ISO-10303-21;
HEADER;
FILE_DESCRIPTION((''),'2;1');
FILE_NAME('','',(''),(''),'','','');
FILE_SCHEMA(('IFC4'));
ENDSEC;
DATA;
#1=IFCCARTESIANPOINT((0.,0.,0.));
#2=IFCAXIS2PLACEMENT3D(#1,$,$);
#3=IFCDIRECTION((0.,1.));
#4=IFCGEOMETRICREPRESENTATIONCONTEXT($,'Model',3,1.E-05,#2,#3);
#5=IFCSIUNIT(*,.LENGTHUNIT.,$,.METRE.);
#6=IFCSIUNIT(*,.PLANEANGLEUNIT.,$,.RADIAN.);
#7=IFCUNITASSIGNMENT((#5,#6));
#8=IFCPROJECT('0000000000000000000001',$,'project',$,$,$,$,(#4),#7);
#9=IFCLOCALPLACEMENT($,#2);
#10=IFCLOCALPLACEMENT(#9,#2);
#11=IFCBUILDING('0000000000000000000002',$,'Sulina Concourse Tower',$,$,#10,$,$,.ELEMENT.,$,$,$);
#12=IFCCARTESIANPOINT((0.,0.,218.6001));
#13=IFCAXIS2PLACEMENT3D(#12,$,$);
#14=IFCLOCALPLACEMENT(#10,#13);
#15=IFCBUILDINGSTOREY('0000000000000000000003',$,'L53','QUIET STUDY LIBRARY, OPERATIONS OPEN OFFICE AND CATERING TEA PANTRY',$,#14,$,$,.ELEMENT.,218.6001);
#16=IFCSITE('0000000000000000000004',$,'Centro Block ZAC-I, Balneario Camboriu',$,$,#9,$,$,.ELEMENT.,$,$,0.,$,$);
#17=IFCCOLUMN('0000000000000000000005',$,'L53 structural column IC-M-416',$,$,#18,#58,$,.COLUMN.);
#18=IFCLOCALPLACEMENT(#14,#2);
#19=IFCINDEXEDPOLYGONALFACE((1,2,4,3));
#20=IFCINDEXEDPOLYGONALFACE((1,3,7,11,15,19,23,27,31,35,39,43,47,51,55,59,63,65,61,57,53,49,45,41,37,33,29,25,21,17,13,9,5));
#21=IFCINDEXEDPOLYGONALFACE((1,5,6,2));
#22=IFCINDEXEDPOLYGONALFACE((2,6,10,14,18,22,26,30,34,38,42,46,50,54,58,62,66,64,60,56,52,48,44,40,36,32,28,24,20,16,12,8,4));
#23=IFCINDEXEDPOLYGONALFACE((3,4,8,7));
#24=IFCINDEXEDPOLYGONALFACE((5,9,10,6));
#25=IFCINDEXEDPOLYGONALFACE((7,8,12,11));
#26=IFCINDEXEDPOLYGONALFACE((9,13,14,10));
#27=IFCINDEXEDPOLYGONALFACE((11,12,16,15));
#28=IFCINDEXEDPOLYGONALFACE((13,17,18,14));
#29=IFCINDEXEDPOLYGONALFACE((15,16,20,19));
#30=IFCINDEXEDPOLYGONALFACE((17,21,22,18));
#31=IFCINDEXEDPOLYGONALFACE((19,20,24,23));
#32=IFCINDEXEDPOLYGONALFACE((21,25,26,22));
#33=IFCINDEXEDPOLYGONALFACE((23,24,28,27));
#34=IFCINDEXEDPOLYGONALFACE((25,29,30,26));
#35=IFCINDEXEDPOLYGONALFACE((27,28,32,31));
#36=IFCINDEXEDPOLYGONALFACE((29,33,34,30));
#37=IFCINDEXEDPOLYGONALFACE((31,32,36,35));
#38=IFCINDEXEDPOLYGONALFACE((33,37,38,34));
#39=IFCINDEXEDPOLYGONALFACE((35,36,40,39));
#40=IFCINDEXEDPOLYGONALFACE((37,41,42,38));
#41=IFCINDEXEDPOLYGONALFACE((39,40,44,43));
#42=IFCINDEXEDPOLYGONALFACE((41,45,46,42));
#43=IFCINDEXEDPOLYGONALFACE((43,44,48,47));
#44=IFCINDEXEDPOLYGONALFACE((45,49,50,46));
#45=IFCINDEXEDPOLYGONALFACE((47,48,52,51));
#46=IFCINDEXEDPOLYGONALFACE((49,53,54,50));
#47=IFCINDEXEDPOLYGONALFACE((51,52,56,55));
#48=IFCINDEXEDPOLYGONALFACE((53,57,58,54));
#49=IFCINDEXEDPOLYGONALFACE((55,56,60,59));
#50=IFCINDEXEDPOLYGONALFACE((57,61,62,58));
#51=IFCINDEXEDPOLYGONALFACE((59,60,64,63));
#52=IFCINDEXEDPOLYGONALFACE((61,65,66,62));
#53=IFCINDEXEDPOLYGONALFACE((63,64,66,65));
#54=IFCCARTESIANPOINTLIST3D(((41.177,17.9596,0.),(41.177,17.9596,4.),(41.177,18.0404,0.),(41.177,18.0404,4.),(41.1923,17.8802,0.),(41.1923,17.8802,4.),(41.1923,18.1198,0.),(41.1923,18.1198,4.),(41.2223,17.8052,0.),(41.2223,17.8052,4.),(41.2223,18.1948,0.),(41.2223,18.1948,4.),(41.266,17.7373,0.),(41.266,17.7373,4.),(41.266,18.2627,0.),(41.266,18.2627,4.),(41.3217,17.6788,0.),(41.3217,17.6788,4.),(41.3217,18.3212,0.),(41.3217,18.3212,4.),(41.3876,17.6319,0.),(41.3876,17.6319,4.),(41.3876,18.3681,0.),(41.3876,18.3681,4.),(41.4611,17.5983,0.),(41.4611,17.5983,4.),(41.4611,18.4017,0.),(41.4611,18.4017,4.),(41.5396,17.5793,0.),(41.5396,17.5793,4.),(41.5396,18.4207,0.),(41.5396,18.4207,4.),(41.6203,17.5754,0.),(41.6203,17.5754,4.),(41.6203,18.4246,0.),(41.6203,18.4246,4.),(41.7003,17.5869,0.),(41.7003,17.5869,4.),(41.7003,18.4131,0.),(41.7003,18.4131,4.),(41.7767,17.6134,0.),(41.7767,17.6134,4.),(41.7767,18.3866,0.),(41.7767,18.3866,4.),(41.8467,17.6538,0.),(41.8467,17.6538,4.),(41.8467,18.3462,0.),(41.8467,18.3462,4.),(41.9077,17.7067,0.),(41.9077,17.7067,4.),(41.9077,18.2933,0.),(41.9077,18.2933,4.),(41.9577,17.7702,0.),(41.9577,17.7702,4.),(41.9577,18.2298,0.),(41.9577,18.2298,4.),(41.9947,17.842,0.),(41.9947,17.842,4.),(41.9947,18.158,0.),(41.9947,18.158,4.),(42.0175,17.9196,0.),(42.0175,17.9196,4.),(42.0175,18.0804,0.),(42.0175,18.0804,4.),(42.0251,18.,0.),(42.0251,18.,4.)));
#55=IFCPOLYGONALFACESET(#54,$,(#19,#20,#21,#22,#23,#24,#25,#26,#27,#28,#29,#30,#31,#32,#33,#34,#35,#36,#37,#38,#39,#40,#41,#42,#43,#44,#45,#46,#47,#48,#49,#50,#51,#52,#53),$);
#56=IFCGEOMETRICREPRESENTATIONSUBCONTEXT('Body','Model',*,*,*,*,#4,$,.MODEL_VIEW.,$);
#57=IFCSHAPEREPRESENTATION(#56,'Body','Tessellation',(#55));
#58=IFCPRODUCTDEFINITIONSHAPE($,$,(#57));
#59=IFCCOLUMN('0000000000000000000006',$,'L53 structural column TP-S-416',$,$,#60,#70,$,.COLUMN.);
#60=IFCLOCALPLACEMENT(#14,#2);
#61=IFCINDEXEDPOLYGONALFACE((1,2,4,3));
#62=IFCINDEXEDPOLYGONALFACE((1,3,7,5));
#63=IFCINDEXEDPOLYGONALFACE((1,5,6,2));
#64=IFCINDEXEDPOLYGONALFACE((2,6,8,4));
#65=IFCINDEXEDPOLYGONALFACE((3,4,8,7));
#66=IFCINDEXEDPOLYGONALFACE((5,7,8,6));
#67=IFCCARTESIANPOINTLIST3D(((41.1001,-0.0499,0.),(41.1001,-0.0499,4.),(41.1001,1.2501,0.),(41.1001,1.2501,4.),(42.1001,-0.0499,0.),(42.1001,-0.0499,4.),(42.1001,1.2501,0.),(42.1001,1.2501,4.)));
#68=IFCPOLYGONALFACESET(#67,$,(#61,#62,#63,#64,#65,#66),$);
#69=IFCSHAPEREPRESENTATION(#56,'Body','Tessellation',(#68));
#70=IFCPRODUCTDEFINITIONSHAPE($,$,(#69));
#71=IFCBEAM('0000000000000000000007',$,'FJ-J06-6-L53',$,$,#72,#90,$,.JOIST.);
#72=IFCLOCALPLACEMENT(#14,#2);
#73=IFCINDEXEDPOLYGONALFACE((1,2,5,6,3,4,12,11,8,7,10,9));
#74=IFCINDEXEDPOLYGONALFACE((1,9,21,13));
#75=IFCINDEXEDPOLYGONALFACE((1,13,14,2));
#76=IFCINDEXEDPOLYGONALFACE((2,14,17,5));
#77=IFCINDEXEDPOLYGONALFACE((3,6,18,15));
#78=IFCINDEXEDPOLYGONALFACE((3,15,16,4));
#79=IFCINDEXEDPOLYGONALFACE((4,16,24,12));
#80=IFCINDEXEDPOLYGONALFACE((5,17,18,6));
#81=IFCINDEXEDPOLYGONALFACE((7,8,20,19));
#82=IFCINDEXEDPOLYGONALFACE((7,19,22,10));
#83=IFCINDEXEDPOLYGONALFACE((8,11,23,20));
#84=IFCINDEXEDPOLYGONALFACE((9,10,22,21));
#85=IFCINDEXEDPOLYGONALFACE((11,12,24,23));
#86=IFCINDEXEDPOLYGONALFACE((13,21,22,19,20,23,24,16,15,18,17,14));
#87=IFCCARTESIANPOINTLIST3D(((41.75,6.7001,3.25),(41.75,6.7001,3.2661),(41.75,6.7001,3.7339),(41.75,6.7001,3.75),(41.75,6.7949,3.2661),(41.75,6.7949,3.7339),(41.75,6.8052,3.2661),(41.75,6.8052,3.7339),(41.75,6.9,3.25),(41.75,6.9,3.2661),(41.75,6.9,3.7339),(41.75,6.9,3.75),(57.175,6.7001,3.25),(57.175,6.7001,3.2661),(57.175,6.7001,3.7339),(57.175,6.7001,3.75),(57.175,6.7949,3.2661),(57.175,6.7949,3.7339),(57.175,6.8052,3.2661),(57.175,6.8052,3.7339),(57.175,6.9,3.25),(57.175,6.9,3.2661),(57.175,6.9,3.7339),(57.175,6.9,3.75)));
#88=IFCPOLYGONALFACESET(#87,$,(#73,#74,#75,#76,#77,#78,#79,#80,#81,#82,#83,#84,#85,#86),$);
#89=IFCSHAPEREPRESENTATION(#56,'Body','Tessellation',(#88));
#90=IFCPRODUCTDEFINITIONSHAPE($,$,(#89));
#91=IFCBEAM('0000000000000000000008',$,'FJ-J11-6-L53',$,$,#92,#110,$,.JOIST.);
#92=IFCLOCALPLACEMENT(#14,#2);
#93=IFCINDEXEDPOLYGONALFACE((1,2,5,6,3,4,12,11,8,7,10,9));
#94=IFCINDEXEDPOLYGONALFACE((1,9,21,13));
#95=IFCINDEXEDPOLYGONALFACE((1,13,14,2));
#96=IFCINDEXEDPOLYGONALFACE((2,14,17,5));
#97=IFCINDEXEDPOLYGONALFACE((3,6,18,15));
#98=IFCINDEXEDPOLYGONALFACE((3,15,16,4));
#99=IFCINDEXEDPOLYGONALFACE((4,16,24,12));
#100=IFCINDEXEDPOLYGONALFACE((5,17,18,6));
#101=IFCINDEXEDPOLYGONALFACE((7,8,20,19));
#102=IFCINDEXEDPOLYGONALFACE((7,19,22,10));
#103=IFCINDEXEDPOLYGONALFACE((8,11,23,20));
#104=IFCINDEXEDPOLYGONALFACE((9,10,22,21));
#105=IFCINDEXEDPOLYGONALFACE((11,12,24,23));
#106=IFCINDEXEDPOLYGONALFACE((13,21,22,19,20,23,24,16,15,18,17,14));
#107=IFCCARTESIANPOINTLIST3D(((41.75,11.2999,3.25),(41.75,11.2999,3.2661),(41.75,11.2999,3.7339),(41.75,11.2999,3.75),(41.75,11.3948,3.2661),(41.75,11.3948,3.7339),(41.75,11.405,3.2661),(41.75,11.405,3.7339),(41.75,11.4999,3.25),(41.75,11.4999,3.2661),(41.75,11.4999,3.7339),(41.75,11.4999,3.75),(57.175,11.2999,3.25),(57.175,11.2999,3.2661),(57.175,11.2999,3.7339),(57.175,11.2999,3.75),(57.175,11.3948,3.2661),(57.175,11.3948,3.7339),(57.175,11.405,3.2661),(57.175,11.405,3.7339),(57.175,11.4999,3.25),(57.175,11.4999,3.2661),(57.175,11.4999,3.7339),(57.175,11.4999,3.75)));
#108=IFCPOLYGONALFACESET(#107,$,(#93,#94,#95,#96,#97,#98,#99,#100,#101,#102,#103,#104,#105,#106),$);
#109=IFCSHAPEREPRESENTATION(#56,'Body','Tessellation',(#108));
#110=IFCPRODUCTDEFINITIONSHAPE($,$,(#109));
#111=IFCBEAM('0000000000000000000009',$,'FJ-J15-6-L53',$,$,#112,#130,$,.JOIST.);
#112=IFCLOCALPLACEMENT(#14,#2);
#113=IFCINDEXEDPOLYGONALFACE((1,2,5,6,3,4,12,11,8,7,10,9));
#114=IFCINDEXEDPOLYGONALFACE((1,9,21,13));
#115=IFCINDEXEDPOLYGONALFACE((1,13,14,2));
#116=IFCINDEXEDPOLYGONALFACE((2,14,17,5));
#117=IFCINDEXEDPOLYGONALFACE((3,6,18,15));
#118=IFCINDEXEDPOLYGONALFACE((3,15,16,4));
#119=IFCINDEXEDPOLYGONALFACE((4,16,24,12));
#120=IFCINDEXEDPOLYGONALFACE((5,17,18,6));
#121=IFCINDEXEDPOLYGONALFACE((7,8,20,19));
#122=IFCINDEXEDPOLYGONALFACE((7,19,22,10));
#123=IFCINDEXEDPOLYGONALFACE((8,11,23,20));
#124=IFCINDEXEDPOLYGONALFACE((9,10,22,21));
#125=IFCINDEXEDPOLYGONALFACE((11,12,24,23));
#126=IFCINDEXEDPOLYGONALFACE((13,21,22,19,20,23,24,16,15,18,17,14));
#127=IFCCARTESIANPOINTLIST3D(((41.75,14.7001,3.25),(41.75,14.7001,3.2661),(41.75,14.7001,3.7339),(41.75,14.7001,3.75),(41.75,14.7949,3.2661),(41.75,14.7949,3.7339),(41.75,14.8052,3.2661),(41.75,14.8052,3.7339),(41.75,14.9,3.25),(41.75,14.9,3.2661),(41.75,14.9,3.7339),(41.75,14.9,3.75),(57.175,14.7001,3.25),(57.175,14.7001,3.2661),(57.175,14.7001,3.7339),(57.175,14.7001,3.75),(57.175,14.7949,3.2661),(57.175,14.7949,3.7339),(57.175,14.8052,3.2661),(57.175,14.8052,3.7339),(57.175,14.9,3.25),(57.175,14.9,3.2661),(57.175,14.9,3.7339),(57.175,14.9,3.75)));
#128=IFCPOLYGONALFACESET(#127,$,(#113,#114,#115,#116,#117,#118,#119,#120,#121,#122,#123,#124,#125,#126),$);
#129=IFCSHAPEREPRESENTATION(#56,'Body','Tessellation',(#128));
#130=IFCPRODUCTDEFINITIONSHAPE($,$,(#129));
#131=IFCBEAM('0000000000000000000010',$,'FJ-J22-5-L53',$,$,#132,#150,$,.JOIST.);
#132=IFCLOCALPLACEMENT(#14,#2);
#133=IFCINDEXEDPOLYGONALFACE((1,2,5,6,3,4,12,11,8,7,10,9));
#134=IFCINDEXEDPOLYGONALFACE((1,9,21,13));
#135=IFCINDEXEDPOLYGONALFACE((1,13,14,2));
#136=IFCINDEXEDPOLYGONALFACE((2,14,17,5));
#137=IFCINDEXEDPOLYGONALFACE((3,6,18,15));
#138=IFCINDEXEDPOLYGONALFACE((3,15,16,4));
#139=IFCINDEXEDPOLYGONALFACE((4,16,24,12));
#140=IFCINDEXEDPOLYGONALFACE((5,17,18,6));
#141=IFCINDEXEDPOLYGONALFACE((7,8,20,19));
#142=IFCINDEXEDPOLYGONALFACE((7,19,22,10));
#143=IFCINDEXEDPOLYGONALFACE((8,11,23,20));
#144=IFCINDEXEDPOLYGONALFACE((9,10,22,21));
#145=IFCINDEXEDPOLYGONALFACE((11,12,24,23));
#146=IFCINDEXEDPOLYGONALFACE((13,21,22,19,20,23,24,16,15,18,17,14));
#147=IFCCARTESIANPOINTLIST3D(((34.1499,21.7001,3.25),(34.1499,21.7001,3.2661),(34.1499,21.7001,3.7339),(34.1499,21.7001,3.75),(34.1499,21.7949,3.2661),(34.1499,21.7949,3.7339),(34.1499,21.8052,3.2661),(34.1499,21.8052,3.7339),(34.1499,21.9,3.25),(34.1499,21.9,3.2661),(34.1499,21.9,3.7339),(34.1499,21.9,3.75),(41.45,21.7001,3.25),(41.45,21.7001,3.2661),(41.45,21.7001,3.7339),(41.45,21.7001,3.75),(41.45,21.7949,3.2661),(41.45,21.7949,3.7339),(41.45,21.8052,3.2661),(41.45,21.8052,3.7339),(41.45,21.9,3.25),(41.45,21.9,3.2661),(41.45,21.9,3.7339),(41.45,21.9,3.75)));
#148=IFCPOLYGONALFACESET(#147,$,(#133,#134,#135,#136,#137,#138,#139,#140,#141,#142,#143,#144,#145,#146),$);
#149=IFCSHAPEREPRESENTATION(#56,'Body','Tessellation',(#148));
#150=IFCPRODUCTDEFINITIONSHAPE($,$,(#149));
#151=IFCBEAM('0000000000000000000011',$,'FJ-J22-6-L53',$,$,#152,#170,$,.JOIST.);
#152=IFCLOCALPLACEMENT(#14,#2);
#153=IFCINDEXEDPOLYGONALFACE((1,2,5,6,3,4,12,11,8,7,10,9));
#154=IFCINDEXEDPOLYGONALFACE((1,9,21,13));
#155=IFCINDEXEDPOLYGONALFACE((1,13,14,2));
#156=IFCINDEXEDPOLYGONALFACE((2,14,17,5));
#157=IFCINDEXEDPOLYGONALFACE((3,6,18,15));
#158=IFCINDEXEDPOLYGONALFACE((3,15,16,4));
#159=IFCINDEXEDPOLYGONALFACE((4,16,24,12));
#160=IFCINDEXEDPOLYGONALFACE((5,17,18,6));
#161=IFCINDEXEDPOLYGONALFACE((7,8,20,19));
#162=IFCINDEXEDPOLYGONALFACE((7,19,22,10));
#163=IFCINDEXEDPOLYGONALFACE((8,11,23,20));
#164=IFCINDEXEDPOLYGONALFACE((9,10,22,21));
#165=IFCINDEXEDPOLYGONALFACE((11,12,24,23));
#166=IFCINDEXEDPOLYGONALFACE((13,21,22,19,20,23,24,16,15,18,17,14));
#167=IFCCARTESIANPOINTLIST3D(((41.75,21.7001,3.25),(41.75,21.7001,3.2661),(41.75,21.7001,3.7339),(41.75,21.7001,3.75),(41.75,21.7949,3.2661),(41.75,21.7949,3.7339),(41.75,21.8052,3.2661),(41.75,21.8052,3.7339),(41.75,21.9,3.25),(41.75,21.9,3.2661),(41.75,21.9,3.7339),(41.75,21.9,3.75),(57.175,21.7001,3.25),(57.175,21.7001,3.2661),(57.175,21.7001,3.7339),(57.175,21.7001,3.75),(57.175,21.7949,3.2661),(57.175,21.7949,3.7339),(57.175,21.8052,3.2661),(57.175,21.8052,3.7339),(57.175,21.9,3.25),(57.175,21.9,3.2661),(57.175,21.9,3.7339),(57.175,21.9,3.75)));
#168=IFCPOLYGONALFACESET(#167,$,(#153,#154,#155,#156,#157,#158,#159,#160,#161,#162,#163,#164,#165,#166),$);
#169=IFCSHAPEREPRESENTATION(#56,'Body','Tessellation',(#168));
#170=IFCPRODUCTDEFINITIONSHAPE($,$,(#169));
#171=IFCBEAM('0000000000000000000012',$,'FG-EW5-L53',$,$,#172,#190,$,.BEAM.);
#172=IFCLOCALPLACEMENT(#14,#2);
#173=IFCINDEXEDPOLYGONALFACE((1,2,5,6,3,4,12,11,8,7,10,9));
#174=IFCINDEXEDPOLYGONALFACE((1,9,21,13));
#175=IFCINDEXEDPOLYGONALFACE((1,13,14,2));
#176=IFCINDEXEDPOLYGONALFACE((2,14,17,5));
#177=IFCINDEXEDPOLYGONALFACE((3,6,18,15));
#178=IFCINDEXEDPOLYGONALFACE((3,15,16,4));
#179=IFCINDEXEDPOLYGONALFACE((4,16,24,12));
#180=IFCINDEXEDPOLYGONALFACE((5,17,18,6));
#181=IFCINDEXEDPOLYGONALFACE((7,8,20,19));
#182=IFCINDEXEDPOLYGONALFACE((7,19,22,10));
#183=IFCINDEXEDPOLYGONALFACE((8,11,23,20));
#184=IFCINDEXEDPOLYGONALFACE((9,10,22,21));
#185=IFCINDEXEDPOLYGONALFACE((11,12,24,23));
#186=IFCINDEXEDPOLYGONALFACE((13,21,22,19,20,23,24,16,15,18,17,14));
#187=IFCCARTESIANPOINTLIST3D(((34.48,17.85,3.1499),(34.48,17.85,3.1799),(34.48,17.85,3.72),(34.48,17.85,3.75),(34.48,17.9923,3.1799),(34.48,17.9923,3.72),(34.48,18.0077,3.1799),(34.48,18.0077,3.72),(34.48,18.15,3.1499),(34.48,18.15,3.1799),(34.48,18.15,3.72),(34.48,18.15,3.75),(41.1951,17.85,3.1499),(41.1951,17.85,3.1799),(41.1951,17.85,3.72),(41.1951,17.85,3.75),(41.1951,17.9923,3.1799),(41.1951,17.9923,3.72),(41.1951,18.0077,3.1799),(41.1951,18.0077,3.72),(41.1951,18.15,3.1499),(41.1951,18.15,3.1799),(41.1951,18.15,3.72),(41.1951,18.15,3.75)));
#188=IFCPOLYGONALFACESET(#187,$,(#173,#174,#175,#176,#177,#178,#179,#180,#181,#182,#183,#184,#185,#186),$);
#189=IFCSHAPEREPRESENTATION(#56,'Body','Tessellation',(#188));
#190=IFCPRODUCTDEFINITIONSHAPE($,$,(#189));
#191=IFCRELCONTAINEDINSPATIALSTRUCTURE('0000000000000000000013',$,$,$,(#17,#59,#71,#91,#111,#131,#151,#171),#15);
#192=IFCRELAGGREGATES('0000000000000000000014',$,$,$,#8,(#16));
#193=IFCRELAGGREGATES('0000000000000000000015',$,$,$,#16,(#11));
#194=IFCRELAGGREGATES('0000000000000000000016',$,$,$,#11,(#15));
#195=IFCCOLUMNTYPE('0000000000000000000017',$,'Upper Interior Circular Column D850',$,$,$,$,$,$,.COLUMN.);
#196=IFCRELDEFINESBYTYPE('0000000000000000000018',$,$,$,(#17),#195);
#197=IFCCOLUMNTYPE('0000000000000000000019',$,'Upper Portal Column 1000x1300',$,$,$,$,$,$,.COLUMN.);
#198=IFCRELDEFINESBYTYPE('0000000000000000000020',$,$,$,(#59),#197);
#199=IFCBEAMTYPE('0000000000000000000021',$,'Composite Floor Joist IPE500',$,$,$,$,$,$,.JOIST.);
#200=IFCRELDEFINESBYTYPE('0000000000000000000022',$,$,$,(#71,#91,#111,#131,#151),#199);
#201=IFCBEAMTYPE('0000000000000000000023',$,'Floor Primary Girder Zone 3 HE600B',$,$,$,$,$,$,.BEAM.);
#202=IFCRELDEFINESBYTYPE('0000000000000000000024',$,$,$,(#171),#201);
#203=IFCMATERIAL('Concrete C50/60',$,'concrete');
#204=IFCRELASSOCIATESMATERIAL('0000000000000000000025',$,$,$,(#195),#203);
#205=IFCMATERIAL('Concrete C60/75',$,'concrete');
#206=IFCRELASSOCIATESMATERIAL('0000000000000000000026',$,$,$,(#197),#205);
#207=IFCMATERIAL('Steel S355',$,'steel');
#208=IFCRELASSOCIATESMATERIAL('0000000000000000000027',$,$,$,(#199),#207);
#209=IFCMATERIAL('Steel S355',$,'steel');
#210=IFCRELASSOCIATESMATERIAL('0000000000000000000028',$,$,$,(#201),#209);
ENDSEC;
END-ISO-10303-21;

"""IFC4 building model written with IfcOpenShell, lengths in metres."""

from ifc_helpers import new_model, si_unit, direction, frame, origin, origin_2d, place, context, subcontext, project, spatial, rectangle, circle, i_section, extrude, material, material_profile, profile_set, type_object, element, save


model = new_model("IFC4")

# Units and contexts
model_context = context("Model", 3, precision=1e-05, world=origin(), true_north=direction((0.0, 1.0)))
body_context = subcontext(model_context, "Body", "Model", "MODEL_VIEW")
ifc_project = project(units=[si_unit("LENGTHUNIT", "METRE"), si_unit("PLANEANGLEUNIT", "RADIAN")], contexts=[model_context])

# Site, building, storey
site_placement = place(None, origin())
site = spatial("IfcSite", under=ifc_project, at=site_placement, Name="Centro Block ZAC-I, Balneario Camboriu", CompositionType="ELEMENT", RefElevation=0.0)
building_placement = place(site_placement, origin())
building = spatial("IfcBuilding", under=site, at=building_placement, Name="Sulina Concourse Tower", CompositionType="ELEMENT")
storey_placement = place(building_placement, frame((0.0, 0.0, 218.6001)))
storey = spatial("IfcBuildingStorey", under=building, at=storey_placement, Name="L53", Description="QUIET STUDY LIBRARY, OPERATIONS OPEN OFFICE AND CATERING TEA PANTRY", CompositionType="ELEMENT", Elevation=218.6001)

# Columns
ifc_material_1 = material(Name="Concrete C50/60", Category="concrete")
ifc_material_profile_1 = material_profile(ifc_material_1, circle(Radius=0.425, at=origin_2d()), Name="RC D850")
ifc_profile_set_1 = profile_set([ifc_material_profile_1], Name="Concrete C50/60")
column_type_1 = type_object("IfcColumnType", Name="Upper Interior Circular Column D850", PredefinedType="COLUMN", material=ifc_profile_set_1)
column_1_placement = place(storey_placement, frame((41.6001, 18.0, 0.0), z_axis=(0.0, 0.0, 1.0), x_axis=(1.0, 0.0, 0.0)))
element("IfcColumn", 1, at=column_1_placement, inside=storey, type_object=column_type_1, Name="L53 structural column IC-M-416", PredefinedType="COLUMN", context=body_context, shape_type="SweptSolid", body=[
    extrude(circle(Radius=0.425, at=origin_2d()), origin(), (0.0, 0.0, 1.0), 4.0),
])
ifc_material_2 = material(Name="Concrete C60/75", Category="concrete")
ifc_material_profile_2 = material_profile(ifc_material_2, rectangle(XDim=1.0, YDim=1.3, at=origin_2d()), Name="RC 1000x1300")
ifc_profile_set_2 = profile_set([ifc_material_profile_2], Name="Concrete C60/75")
column_type_2 = type_object("IfcColumnType", Name="Upper Portal Column 1000x1300", PredefinedType="COLUMN", material=ifc_profile_set_2)
column_2_placement = place(storey_placement, frame((41.6001, 0.6001, 0.0), z_axis=(0.0, 0.0, 1.0), x_axis=(1.0, 0.0, 0.0)))
element("IfcColumn", 2, at=column_2_placement, inside=storey, type_object=column_type_2, Name="L53 structural column TP-S-416", PredefinedType="COLUMN", context=body_context, shape_type="SweptSolid", body=[
    extrude(rectangle(XDim=1.0, YDim=1.3, at=origin_2d()), origin(), (0.0, 0.0, 1.0), 4.0),
])

# Beams
ifc_material_3 = material(Name="Steel S355", Category="steel")
ifc_material_profile_3 = material_profile(ifc_material_3, i_section(OverallWidth=0.2, OverallDepth=0.5, WebThickness=0.0103, FlangeThickness=0.0161, at=origin_2d()), Name="IPE 500")
ifc_profile_set_3 = profile_set([ifc_material_profile_3], Name="Steel S355")
beam_type_1 = type_object("IfcBeamType", Name="Composite Floor Joist IPE500", PredefinedType="JOIST", material=ifc_profile_set_3)
for number, where, z_axis, x_axis, name in (
    (3, (41.75, 6.8, 3.5), (1.0, 0.0, 0.0), (0.0, 1.0, 0.0), "FJ-J06-6-L53"),
    (4, (41.75, 11.3999, 3.5), (1.0, 0.0, 0.0), (0.0, 1.0, 0.0), "FJ-J11-6-L53"),
    (5, (41.75, 14.8, 3.5), (1.0, 0.0, 0.0), (0.0, 1.0, 0.0), "FJ-J15-6-L53"),
):
    element("IfcBeam", number, at=place(storey_placement, frame(where, z_axis=z_axis, x_axis=x_axis)), inside=storey, type_object=beam_type_1, Name=name, PredefinedType="JOIST", context=body_context, shape_type="SweptSolid", body=[
        extrude(i_section(OverallWidth=0.2, OverallDepth=0.5, WebThickness=0.0103, FlangeThickness=0.0161, at=origin_2d()), origin(), (0.0, 0.0, 1.0), 15.425),
    ])
beam_1_placement = place(storey_placement, frame((34.1499, 21.8, 3.5), z_axis=(1.0, 0.0, 0.0), x_axis=(0.0, 1.0, 0.0)))
element("IfcBeam", 6, at=beam_1_placement, inside=storey, type_object=beam_type_1, Name="FJ-J22-5-L53", PredefinedType="JOIST", context=body_context, shape_type="SweptSolid", body=[
    extrude(i_section(OverallWidth=0.2, OverallDepth=0.5, WebThickness=0.0103, FlangeThickness=0.0161, at=origin_2d()), origin(), (0.0, 0.0, 1.0), 7.3),
])
beam_2_placement = place(storey_placement, frame((41.75, 21.8, 3.5), z_axis=(1.0, 0.0, 0.0), x_axis=(0.0, 1.0, 0.0)))
element("IfcBeam", 7, at=beam_2_placement, inside=storey, type_object=beam_type_1, Name="FJ-J22-6-L53", PredefinedType="JOIST", context=body_context, shape_type="SweptSolid", body=[
    extrude(i_section(OverallWidth=0.2, OverallDepth=0.5, WebThickness=0.0103, FlangeThickness=0.0161, at=origin_2d()), origin(), (0.0, 0.0, 1.0), 15.425),
])
ifc_material_4 = material(Name="Steel S355", Category="steel")
ifc_material_profile_4 = material_profile(ifc_material_4, i_section(OverallWidth=0.3, OverallDepth=0.6001, WebThickness=0.0154, FlangeThickness=0.03, at=origin_2d()), Name="HE 600 B")
ifc_profile_set_4 = profile_set([ifc_material_profile_4], Name="Steel S355")
beam_type_2 = type_object("IfcBeamType", Name="Floor Primary Girder Zone 3 HE600B", PredefinedType="BEAM", material=ifc_profile_set_4)
beam_3_placement = place(storey_placement, frame((34.48, 18.0, 3.45), z_axis=(1.0, 0.0, 0.0), x_axis=(0.0, 1.0, 0.0)))
element("IfcBeam", 8, at=beam_3_placement, inside=storey, type_object=beam_type_2, Name="FG-EW5-L53", PredefinedType="BEAM", context=body_context, shape_type="SweptSolid", body=[
    extrude(i_section(OverallWidth=0.3, OverallDepth=0.6001, WebThickness=0.0154, FlangeThickness=0.03, at=origin_2d()), origin(), (0.0, 0.0, 1.0), 6.7151),
])

save(model, "model.ifc")
